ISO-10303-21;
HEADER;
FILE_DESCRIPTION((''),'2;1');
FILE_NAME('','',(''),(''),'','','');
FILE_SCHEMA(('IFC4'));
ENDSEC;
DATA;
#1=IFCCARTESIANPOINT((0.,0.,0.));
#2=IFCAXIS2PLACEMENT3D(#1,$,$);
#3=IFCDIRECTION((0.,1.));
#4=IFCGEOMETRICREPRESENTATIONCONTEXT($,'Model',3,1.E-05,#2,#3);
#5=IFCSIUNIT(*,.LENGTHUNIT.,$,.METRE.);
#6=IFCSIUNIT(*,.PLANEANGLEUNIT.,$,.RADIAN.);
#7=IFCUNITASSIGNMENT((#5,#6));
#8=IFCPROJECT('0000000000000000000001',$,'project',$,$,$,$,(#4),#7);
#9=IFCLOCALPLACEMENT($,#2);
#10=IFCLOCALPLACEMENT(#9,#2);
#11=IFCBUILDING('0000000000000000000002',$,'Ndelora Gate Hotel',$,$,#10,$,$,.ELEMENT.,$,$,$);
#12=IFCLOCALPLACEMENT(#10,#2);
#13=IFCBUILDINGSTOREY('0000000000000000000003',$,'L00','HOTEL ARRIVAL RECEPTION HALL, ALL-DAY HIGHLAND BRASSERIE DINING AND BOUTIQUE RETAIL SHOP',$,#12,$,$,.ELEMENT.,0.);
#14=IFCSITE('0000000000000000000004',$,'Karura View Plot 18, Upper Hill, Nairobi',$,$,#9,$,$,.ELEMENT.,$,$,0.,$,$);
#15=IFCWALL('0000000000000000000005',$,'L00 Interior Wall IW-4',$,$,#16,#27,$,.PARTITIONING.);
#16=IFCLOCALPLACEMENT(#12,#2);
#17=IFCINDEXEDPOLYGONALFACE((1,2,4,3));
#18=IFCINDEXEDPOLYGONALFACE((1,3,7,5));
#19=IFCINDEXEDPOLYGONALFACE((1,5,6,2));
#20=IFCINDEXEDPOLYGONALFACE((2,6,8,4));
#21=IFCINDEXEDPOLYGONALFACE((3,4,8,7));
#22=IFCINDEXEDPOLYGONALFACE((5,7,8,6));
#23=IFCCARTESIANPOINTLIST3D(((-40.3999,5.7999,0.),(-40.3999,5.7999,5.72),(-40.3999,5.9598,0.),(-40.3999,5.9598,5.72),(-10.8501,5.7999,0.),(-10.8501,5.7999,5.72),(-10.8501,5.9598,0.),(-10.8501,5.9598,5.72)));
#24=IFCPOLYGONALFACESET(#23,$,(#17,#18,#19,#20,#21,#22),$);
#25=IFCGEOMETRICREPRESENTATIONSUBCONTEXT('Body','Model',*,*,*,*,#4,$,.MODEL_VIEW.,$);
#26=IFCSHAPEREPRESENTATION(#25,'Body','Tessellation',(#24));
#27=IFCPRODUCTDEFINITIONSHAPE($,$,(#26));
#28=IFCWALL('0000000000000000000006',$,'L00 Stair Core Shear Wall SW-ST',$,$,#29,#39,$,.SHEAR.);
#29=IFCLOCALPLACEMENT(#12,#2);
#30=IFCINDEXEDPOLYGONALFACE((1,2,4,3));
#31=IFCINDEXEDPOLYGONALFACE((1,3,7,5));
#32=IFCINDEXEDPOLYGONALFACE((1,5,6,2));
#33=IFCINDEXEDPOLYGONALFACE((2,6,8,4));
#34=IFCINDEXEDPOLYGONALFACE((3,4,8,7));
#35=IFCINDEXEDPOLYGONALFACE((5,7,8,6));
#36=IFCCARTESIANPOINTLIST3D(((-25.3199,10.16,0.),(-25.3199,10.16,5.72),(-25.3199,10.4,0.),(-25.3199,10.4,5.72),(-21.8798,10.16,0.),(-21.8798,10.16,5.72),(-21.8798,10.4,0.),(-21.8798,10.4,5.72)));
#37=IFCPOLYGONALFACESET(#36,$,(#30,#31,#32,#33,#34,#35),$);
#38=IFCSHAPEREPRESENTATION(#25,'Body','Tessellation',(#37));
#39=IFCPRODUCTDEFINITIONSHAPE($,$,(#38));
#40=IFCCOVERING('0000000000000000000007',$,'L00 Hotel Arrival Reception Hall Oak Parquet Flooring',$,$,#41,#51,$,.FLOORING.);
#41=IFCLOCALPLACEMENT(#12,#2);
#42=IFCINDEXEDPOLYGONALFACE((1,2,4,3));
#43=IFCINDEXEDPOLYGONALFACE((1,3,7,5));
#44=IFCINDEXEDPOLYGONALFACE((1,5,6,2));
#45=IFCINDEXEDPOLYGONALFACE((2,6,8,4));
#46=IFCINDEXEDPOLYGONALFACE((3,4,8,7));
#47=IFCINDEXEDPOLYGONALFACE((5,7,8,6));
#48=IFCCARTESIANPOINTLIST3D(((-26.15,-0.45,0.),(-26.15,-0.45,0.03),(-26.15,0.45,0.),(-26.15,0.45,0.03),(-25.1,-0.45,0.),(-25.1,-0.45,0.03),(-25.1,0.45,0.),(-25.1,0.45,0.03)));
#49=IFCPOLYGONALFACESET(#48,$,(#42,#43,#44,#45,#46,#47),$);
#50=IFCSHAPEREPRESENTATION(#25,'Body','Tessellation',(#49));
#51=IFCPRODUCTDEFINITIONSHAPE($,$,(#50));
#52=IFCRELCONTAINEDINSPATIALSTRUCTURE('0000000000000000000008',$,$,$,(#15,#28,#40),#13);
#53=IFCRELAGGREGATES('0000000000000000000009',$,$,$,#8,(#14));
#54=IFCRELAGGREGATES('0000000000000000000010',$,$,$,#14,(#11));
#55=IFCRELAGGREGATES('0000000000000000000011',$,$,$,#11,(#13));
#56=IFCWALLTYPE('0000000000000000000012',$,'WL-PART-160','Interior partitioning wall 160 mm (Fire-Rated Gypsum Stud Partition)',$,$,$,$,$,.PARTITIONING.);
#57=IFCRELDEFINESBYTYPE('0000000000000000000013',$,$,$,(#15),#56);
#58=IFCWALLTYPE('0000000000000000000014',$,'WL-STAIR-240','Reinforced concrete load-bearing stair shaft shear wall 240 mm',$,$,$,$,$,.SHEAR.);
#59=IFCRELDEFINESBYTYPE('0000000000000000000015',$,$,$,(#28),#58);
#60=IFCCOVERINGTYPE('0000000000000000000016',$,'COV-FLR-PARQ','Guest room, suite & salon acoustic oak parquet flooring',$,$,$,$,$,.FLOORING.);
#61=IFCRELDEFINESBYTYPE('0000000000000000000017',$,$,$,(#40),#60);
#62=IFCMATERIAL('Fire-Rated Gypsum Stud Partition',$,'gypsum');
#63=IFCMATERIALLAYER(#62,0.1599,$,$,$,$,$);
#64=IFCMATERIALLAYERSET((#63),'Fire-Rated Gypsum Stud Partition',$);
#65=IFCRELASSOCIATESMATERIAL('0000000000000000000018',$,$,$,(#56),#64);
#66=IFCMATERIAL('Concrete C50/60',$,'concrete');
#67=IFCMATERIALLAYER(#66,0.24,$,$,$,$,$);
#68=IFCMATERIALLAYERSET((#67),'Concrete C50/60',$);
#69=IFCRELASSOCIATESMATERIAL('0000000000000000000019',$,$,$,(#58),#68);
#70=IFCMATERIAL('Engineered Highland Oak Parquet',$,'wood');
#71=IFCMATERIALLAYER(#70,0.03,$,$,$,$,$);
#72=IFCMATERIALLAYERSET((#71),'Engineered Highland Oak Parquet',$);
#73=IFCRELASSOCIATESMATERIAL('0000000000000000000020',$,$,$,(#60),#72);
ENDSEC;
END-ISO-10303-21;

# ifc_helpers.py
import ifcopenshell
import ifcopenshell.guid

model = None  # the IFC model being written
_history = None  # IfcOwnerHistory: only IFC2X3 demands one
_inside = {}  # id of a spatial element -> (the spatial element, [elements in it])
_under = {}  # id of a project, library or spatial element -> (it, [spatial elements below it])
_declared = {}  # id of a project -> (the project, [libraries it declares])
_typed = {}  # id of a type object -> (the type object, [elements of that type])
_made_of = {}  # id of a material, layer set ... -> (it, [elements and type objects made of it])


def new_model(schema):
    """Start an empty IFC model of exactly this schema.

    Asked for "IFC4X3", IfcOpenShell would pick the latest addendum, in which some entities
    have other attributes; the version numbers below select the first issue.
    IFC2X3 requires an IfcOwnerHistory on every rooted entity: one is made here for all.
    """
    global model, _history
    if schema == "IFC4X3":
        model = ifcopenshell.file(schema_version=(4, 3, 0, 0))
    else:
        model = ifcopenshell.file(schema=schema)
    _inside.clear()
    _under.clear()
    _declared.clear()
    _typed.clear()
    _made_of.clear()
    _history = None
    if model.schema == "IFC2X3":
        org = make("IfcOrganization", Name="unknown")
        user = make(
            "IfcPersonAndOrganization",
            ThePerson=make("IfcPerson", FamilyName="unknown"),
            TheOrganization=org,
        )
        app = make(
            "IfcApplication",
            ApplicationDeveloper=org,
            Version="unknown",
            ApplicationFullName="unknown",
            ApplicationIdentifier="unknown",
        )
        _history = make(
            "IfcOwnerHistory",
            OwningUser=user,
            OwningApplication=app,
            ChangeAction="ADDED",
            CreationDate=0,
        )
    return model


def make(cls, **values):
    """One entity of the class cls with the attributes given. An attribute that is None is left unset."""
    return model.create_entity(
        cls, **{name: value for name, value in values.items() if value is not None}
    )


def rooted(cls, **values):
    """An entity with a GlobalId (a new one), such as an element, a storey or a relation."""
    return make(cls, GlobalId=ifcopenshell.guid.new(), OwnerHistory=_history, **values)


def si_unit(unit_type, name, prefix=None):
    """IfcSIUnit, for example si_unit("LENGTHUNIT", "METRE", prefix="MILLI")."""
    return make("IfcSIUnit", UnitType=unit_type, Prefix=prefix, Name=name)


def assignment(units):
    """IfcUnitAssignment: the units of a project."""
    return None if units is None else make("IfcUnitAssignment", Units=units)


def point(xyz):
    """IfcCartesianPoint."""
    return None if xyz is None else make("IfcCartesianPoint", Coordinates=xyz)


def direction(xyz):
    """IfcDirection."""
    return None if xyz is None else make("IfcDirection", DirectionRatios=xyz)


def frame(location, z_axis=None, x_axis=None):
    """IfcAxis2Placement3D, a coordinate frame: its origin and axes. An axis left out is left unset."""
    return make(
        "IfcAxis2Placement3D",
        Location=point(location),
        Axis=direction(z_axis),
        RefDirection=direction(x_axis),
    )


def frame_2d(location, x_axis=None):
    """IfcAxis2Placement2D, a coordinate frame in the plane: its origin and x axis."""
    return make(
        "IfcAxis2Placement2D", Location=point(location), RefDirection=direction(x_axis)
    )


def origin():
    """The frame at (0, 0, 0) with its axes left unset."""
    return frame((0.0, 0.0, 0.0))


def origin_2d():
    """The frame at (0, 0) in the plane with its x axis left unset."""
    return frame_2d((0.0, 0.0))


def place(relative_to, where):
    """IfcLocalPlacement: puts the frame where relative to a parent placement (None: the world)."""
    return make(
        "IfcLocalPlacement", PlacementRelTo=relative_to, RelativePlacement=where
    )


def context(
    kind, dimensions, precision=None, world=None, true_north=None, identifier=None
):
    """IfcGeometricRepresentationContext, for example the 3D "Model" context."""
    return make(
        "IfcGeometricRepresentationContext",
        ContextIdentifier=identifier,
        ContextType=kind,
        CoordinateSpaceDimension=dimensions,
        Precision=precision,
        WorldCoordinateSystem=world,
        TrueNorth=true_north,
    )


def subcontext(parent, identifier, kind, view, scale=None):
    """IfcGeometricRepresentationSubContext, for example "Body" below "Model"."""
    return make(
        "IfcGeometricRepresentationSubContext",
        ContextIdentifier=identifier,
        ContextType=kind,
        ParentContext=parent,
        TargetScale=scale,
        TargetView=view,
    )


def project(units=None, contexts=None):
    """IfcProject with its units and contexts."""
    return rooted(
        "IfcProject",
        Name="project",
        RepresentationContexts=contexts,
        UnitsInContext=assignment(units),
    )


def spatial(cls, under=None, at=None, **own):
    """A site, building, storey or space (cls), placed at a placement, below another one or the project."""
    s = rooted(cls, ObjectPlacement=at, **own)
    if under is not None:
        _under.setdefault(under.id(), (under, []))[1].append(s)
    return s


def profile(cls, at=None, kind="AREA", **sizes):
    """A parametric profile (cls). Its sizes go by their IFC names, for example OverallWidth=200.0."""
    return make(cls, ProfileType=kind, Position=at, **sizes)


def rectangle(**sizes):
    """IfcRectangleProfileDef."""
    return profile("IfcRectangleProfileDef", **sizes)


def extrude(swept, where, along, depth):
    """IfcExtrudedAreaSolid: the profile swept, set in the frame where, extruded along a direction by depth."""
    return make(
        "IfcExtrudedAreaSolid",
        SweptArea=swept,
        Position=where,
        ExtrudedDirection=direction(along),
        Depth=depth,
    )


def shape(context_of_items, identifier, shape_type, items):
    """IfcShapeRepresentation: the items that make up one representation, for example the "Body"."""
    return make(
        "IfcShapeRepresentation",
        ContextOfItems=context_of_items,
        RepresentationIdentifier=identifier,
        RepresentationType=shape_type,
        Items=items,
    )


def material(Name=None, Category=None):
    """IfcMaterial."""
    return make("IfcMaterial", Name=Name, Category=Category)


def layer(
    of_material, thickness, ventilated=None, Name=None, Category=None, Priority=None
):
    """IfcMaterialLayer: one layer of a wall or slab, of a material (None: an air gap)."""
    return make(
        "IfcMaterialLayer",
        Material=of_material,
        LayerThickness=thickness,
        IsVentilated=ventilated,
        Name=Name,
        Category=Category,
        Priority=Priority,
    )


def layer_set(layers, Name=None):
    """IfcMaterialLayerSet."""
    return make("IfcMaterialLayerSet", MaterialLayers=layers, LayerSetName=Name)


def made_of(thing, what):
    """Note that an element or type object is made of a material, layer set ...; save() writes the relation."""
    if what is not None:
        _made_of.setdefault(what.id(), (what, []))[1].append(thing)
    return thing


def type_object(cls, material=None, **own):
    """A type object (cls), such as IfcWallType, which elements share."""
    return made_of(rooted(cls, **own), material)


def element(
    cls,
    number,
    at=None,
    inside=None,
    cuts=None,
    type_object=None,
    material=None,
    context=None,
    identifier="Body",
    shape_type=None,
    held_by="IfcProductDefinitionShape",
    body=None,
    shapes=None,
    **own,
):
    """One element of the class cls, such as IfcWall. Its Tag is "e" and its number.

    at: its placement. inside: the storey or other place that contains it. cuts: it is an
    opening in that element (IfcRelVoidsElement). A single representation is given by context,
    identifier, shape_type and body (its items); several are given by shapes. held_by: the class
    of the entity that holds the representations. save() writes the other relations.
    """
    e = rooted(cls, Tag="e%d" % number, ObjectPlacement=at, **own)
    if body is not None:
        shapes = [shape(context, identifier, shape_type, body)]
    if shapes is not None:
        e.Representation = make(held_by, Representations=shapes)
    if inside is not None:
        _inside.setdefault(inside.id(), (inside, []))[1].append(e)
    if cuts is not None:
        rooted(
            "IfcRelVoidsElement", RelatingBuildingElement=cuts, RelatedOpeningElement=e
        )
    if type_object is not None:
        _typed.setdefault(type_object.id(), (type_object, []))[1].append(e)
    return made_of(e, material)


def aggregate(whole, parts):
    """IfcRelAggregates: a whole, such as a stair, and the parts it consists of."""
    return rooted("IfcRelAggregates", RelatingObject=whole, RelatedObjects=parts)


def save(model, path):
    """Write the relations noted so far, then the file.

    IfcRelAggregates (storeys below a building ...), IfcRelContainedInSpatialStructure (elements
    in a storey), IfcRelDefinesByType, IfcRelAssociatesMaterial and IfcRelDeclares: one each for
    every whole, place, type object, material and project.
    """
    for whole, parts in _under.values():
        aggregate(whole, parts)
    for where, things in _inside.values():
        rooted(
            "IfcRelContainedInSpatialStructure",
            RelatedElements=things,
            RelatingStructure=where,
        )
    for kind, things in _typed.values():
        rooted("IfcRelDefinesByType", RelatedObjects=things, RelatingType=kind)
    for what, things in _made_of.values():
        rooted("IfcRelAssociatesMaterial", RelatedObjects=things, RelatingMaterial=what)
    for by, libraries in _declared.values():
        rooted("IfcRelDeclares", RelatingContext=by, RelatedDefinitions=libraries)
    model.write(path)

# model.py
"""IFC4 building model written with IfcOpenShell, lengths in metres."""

from ifc_helpers import new_model, si_unit, direction, frame, frame_2d, origin, origin_2d, place, context, subcontext, project, spatial, rectangle, extrude, material, layer, layer_set, type_object, element, save


model = new_model("IFC4")

# Units and contexts
model_context = context("Model", 3, precision=1e-05, world=origin(), true_north=direction((0.0, 1.0)))
body_context = subcontext(model_context, "Body", "Model", "MODEL_VIEW")
ifc_project = project(units=[si_unit("LENGTHUNIT", "METRE"), si_unit("PLANEANGLEUNIT", "RADIAN")], contexts=[model_context])

# Site, building, storey
site_placement = place(None, origin())
site = spatial("IfcSite", under=ifc_project, at=site_placement, Name="Karura View Plot 18, Upper Hill, Nairobi", CompositionType="ELEMENT", RefElevation=0.0)
building_placement = place(site_placement, origin())
building = spatial("IfcBuilding", under=site, at=building_placement, Name="Ndelora Gate Hotel", CompositionType="ELEMENT")
storey_placement = place(building_placement, origin())
storey = spatial("IfcBuildingStorey", under=building, at=storey_placement, Name="L00", Description="HOTEL ARRIVAL RECEPTION HALL, ALL-DAY HIGHLAND BRASSERIE DINING AND BOUTIQUE RETAIL SHOP", CompositionType="ELEMENT", Elevation=0.0)

# Shared definitions
ifc_material_1 = material(Name="Concrete C50/60", Category="concrete")

# Walls
ifc_material_2 = material(Name="Fire-Rated Gypsum Stud Partition", Category="gypsum")
ifc_layer_1 = layer(ifc_material_2, 0.1599)
ifc_layer_set_1 = layer_set([ifc_layer_1], Name="Fire-Rated Gypsum Stud Partition")
wall_type_1 = type_object("IfcWallType", Name="WL-PART-160", Description="Interior partitioning wall 160 mm (Fire-Rated Gypsum Stud Partition)", PredefinedType="PARTITIONING", material=ifc_layer_set_1)
wall_1_placement = place(storey_placement, frame((-10.8501, 5.8799, 0.0), z_axis=(0.0, 0.0, 1.0), x_axis=(-1.0, 0.0, 0.0)))
element("IfcWall", 1, at=wall_1_placement, inside=storey, type_object=wall_type_1, Name="L00 Interior Wall IW-4", PredefinedType="PARTITIONING", context=body_context, shape_type="SweptSolid", body=[
    extrude(rectangle(XDim=29.5498, YDim=0.1599, at=frame_2d((14.7749, 0.0))), origin(), (0.0, 0.0, 1.0), 5.72),
])
ifc_layer_2 = layer(ifc_material_1, 0.24)
ifc_layer_set_2 = layer_set([ifc_layer_2], Name="Concrete C50/60")
wall_type_2 = type_object("IfcWallType", Name="WL-STAIR-240", Description="Reinforced concrete load-bearing stair shaft shear wall 240 mm", PredefinedType="SHEAR", material=ifc_layer_set_2)
wall_2_placement = place(storey_placement, frame((-25.3201, 10.28, 0.0), z_axis=(0.0, 0.0, 1.0), x_axis=(1.0, 0.0, 0.0)))
element("IfcWall", 2, at=wall_2_placement, inside=storey, type_object=wall_type_2, Name="L00 Stair Core Shear Wall SW-ST", PredefinedType="SHEAR", context=body_context, shape_type="SweptSolid", body=[
    extrude(rectangle(XDim=3.4402, YDim=0.24, at=frame_2d((1.7202, 0.0))), origin(), (0.0, 0.0, 1.0), 5.72),
])

# Covering
ifc_material_3 = material(Name="Engineered Highland Oak Parquet", Category="wood")
ifc_layer_3 = layer(ifc_material_3, 0.03)
ifc_layer_set_3 = layer_set([ifc_layer_3], Name="Engineered Highland Oak Parquet")
covering_type = type_object("IfcCoveringType", Name="COV-FLR-PARQ", Description="Guest room, suite & salon acoustic oak parquet flooring", PredefinedType="FLOORING", material=ifc_layer_set_3)
covering_placement = place(storey_placement, frame((-25.625, 0.0, 0.0), z_axis=(0.0, 0.0, 1.0), x_axis=(1.0, 0.0, 0.0)))
element("IfcCovering", 3, at=covering_placement, inside=storey, type_object=covering_type, Name="L00 Hotel Arrival Reception Hall Oak Parquet Flooring", PredefinedType="FLOORING", context=body_context, shape_type="SweptSolid", body=[
    extrude(rectangle(XDim=1.05, YDim=0.8999, at=origin_2d()), origin(), (0.0, 0.0, 1.0), 0.03),
])

save(model, "model.ifc")
